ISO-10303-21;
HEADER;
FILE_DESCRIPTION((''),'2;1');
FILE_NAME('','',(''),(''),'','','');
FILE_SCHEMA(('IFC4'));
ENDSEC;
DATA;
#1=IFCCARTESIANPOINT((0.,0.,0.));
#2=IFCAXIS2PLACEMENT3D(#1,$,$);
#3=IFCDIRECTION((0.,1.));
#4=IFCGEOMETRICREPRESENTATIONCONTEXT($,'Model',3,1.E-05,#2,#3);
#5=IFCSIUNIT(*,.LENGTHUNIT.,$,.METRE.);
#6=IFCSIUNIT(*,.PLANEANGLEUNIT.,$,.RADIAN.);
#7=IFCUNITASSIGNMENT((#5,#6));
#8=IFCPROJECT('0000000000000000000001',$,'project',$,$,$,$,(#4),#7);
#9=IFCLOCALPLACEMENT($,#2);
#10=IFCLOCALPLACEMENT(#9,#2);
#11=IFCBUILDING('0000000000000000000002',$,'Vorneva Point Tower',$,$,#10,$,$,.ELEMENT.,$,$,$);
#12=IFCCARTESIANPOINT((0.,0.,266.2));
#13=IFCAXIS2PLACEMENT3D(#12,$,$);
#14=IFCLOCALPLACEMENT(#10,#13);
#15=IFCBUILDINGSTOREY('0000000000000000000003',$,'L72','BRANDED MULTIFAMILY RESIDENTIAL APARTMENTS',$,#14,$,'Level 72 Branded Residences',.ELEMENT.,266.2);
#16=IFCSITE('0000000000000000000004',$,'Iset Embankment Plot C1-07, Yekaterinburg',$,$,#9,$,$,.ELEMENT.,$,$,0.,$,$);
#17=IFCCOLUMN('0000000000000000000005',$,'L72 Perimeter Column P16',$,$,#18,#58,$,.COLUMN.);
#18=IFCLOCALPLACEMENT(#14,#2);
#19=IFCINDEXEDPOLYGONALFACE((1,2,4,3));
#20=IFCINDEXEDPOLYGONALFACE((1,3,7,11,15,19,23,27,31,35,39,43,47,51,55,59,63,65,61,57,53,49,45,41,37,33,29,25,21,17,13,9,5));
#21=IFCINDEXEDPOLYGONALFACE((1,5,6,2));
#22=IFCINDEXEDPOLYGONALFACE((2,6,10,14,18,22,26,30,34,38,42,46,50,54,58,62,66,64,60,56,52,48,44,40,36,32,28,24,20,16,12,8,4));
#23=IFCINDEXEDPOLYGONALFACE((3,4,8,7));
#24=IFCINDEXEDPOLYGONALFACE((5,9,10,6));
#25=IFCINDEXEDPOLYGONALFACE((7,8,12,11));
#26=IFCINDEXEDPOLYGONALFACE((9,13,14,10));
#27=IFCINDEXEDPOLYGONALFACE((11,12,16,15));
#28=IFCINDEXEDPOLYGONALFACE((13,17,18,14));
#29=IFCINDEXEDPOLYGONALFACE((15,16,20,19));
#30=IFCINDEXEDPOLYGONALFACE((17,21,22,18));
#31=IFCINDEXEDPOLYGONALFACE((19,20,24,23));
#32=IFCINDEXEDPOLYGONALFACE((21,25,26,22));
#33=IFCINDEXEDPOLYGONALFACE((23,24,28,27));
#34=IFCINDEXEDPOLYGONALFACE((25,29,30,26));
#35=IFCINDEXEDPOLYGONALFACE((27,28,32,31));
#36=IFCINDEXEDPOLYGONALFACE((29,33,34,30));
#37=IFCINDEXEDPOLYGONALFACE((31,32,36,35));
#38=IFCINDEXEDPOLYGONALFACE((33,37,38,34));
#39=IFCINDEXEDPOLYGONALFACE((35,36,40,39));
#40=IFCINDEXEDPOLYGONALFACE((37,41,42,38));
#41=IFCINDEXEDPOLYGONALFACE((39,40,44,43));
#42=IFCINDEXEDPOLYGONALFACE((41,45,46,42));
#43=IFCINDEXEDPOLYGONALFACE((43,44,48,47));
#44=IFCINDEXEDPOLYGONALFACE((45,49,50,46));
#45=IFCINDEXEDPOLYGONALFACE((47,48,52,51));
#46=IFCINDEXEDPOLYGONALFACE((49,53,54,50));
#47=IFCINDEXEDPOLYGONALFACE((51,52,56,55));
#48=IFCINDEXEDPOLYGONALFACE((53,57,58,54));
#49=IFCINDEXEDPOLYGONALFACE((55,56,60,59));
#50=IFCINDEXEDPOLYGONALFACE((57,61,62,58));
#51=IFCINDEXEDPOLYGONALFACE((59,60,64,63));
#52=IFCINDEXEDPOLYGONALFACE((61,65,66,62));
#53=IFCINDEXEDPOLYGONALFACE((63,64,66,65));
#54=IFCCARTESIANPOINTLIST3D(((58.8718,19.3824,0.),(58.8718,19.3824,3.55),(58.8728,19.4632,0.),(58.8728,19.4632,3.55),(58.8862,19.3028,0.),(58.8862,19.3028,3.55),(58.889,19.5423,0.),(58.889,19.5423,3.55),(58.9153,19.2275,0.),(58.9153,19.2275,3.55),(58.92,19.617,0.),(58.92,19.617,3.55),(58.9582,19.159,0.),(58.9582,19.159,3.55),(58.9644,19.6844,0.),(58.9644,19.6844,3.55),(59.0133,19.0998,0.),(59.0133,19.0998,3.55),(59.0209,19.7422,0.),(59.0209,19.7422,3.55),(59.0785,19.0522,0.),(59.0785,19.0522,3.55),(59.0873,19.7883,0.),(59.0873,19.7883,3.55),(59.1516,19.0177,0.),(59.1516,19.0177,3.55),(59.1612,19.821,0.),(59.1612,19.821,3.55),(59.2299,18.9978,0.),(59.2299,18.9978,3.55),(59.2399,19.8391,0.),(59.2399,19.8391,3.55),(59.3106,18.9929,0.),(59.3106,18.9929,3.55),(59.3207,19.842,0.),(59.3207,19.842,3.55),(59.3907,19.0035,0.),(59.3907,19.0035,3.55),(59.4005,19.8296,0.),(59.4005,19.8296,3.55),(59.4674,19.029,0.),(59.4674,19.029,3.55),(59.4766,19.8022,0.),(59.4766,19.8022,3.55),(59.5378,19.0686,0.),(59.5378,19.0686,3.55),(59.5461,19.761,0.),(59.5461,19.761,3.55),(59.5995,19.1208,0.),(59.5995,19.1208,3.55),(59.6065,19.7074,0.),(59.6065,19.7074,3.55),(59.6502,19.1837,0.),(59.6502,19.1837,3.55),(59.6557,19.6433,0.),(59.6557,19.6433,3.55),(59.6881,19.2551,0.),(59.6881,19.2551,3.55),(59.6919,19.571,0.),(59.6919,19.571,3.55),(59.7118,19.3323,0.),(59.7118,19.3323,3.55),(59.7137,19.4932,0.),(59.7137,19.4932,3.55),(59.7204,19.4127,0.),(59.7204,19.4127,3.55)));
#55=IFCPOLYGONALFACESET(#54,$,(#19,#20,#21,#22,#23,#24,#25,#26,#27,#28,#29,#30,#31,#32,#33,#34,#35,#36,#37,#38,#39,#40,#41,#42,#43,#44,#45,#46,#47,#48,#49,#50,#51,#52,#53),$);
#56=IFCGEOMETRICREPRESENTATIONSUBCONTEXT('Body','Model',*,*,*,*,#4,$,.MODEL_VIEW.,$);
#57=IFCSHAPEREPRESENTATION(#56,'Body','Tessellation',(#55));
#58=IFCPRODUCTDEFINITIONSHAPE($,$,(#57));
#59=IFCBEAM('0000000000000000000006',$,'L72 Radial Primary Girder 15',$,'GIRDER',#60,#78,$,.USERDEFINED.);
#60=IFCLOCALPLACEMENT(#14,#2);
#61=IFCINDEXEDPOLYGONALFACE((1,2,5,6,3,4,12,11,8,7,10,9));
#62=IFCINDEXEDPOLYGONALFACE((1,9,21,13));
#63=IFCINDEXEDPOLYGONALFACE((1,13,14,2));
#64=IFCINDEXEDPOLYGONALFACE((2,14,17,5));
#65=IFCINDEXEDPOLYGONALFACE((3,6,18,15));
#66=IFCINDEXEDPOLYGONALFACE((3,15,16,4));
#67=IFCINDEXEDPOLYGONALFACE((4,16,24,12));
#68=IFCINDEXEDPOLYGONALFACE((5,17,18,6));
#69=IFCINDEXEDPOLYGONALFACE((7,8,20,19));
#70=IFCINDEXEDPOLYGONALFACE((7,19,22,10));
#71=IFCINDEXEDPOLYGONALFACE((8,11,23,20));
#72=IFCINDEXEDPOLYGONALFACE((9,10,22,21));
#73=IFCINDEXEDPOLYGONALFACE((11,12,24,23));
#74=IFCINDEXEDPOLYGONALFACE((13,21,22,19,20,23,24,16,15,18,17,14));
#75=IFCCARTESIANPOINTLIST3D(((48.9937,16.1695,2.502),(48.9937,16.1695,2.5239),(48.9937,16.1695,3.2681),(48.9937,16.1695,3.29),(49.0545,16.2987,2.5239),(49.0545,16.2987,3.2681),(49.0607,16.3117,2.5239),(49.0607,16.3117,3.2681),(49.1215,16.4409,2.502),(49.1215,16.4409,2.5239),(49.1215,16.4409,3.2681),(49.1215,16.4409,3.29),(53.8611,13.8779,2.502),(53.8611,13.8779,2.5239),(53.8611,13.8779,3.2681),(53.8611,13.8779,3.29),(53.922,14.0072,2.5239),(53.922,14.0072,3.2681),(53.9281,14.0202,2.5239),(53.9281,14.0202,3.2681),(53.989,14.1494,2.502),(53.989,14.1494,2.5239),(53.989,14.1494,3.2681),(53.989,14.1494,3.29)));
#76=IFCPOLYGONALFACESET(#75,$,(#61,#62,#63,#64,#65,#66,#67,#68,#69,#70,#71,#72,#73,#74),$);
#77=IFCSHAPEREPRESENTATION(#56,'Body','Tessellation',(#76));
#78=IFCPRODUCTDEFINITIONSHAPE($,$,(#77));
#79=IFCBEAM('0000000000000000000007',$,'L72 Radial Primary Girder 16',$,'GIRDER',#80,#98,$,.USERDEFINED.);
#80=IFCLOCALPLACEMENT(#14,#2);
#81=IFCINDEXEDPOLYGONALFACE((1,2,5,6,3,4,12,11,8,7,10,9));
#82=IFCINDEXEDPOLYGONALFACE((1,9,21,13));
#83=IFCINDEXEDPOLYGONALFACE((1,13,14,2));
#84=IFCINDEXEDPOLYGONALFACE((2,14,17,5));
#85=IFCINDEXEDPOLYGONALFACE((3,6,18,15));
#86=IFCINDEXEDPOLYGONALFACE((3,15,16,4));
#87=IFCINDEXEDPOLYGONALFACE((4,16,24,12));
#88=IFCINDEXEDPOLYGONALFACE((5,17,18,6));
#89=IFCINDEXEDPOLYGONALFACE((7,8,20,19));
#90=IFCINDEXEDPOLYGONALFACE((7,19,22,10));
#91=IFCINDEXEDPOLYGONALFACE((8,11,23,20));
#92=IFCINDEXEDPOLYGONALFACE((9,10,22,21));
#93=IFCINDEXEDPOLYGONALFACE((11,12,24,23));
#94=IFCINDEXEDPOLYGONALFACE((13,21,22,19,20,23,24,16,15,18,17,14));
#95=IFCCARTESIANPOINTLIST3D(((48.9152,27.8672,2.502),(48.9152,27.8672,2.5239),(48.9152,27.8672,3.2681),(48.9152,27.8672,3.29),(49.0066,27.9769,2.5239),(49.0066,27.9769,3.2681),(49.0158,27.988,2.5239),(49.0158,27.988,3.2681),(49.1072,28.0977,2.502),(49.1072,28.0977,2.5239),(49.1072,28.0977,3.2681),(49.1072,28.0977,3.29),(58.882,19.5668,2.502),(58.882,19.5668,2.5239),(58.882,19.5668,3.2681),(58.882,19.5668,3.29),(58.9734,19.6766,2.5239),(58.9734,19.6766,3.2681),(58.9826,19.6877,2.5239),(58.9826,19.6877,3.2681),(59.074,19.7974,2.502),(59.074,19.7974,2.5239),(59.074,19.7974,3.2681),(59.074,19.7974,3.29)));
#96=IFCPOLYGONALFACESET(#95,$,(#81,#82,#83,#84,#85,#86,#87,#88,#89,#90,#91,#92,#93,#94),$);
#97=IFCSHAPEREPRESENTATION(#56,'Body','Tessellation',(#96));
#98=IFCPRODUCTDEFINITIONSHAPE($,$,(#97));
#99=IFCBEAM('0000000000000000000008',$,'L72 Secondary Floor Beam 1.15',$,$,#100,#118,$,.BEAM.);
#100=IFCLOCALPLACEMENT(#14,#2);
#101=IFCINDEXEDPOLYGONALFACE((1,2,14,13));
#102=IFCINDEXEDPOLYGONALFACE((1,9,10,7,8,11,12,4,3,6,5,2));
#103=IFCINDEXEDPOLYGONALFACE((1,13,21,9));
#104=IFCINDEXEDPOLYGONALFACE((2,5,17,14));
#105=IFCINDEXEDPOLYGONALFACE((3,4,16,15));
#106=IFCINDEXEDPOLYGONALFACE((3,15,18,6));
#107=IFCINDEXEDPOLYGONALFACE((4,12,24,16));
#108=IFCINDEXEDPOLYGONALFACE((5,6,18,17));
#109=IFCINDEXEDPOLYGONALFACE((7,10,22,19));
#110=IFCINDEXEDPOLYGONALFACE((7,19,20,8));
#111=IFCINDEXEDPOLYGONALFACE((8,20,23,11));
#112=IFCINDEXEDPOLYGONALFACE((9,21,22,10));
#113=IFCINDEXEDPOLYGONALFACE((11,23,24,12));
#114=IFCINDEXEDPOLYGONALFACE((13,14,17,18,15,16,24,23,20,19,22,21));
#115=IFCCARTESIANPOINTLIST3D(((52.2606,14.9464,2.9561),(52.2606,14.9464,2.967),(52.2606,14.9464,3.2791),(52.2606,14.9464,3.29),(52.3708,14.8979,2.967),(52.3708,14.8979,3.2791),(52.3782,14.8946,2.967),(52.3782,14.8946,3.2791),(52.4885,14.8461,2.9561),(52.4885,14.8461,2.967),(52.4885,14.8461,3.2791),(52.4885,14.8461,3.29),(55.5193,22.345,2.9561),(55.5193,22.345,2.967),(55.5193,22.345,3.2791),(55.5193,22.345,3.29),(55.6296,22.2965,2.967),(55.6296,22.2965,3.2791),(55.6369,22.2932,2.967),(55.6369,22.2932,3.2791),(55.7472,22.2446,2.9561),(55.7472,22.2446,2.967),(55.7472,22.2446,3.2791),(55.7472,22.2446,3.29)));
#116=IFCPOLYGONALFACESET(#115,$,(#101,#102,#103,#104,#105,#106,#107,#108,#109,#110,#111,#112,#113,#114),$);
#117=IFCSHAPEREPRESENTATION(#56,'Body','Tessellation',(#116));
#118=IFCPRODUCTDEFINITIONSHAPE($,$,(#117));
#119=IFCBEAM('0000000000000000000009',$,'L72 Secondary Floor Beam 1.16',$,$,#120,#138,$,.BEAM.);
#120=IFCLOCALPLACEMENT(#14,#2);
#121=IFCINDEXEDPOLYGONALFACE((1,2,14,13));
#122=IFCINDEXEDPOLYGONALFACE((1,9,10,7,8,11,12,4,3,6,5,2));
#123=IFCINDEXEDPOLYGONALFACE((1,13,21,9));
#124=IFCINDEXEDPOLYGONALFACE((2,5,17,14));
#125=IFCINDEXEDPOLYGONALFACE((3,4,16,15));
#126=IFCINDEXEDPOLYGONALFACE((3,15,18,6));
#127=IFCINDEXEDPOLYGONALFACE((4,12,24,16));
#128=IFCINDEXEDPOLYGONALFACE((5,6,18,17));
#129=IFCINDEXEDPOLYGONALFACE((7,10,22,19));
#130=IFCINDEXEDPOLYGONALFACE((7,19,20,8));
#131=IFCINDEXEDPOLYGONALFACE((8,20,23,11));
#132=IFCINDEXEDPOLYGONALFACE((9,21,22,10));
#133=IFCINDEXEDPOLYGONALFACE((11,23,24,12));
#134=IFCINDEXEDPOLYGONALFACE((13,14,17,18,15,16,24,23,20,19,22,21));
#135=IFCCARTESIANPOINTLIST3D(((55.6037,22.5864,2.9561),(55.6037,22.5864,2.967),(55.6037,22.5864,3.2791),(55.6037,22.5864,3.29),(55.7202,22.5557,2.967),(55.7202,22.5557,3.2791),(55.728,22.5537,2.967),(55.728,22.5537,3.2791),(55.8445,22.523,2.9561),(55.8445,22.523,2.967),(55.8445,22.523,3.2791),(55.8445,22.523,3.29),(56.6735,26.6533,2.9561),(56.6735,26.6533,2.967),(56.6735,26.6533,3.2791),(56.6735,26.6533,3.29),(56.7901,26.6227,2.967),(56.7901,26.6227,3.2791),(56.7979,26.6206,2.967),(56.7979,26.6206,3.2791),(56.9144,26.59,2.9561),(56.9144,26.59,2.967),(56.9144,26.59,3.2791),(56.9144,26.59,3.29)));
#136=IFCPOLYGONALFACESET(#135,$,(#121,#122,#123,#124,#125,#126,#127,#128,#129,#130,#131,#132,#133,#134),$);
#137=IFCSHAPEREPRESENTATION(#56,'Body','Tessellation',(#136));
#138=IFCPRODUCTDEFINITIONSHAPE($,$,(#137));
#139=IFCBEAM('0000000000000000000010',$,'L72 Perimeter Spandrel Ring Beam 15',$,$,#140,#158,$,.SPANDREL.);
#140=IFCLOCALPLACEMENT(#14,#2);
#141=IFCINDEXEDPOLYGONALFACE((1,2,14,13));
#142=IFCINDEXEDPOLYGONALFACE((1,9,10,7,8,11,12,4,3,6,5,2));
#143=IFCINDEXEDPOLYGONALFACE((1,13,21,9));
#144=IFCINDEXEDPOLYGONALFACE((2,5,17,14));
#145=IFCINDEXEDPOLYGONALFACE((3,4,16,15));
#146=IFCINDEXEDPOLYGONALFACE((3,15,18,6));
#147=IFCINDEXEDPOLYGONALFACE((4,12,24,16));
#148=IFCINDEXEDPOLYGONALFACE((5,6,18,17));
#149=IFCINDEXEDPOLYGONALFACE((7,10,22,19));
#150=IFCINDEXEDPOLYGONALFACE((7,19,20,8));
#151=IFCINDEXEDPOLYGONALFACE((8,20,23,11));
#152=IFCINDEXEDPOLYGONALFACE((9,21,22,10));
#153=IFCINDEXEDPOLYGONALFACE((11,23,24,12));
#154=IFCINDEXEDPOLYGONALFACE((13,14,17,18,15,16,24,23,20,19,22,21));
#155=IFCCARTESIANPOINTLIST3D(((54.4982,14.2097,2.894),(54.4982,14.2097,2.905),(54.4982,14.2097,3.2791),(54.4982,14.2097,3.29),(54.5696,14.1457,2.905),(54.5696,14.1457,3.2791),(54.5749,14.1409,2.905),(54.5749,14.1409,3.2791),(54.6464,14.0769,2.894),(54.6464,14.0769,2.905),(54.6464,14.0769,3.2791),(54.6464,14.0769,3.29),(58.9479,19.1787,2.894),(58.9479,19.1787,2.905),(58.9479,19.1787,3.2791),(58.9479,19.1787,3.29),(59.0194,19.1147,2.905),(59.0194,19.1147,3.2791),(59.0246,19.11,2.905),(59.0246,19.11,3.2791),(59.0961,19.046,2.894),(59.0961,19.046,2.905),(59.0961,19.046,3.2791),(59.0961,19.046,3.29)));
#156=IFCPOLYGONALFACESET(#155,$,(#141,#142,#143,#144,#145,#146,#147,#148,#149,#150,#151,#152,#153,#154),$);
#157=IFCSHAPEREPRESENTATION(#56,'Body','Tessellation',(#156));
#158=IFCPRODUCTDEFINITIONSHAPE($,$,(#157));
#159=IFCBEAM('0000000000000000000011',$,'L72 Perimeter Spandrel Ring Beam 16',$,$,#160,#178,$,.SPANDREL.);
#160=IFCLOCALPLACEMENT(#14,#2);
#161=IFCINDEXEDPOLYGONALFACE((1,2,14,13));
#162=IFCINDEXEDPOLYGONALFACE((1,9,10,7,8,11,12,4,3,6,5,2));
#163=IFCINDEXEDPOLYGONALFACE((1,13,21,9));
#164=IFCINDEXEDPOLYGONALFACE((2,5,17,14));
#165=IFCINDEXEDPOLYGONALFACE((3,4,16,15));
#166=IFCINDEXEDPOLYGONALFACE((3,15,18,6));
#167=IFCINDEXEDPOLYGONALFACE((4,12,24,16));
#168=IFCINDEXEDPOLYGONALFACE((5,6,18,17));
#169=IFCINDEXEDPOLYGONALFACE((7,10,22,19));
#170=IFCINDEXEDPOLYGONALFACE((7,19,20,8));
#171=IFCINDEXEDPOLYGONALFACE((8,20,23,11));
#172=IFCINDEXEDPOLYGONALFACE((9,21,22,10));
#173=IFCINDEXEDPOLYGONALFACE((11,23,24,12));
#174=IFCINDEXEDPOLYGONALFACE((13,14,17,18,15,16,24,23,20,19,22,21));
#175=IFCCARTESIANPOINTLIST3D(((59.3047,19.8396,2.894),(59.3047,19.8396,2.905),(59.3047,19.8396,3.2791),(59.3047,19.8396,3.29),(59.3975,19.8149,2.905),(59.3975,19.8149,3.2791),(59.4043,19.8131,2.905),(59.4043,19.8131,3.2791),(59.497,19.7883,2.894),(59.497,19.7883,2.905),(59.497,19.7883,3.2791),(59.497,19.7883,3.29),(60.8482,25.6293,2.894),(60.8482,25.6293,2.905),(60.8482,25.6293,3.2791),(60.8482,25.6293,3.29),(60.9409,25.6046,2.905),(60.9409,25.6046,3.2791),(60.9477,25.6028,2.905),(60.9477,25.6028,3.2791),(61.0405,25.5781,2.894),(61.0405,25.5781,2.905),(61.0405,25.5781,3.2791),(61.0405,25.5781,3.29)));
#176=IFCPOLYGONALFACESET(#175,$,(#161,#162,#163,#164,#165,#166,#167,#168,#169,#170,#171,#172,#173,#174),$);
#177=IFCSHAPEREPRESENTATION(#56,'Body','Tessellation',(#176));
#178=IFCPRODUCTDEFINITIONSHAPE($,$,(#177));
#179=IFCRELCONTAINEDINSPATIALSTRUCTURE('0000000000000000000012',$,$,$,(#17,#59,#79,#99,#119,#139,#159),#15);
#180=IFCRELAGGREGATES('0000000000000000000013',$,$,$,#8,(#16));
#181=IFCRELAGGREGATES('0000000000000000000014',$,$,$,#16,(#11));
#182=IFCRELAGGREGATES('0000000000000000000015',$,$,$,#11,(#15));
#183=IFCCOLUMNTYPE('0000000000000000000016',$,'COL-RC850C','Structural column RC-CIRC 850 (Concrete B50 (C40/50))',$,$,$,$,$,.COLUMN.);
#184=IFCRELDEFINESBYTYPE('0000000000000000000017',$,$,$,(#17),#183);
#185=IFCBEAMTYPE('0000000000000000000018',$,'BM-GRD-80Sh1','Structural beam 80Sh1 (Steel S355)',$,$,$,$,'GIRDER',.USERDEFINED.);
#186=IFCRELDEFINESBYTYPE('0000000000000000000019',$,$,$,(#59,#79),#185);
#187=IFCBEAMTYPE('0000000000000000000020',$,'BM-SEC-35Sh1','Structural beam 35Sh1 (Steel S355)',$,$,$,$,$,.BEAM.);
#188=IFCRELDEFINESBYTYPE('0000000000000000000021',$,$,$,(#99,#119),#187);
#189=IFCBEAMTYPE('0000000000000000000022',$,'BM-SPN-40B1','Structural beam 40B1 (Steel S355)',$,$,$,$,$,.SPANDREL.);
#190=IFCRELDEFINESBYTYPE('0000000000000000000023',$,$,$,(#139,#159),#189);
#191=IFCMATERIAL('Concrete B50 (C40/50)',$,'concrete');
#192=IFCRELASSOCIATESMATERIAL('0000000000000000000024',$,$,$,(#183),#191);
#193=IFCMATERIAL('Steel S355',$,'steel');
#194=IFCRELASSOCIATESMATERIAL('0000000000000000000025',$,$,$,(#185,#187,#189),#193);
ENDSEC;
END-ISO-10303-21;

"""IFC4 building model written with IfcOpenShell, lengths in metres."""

from ifc_helpers import new_model, si_unit, direction, frame, origin, origin_2d, place, context, subcontext, project, spatial, circle, i_section, extrude, material, material_profile, profile_set, type_object, element, save


model = new_model("IFC4")

# Units and contexts
model_context = context("Model", 3, precision=1e-05, world=origin(), true_north=direction((0.0, 1.0)))
body_context = subcontext(model_context, "Body", "Model", "MODEL_VIEW")
ifc_project = project(units=[si_unit("LENGTHUNIT", "METRE"), si_unit("PLANEANGLEUNIT", "RADIAN")], contexts=[model_context])

# Site, building, storey
site_placement = place(None, origin())
site = spatial("IfcSite", under=ifc_project, at=site_placement, Name="Iset Embankment Plot C1-07, Yekaterinburg", CompositionType="ELEMENT", RefElevation=0.0)
building_placement = place(site_placement, origin())
building = spatial("IfcBuilding", under=site, at=building_placement, Name="Vorneva Point Tower", CompositionType="ELEMENT")
storey_placement = place(building_placement, frame((0.0, 0.0, 266.2)))
storey = spatial("IfcBuildingStorey", under=building, at=storey_placement, Name="L72", Description="BRANDED MULTIFAMILY RESIDENTIAL APARTMENTS", LongName="Level 72 Branded Residences", CompositionType="ELEMENT", Elevation=266.2)

# Column
ifc_material_1 = material(Name="Concrete B50 (C40/50)", Category="concrete")
ifc_material_profile_1 = material_profile(ifc_material_1, circle(Radius=0.425, at=origin_2d()), Name="RC-CIRC 850")
ifc_profile_set_1 = profile_set([ifc_material_profile_1], Name="Concrete B50 (C40/50)")
column_type = type_object("IfcColumnType", Name="COL-RC850C", Description="Structural column RC-CIRC 850 (Concrete B50 (C40/50))", PredefinedType="COLUMN", material=ifc_profile_set_1)
for number, where, z_axis, x_axis, name in (
    (1, (59.2954, 19.4177, 0.0), (0.0, 0.0, 1.0), (0.92388, -0.382683, 0.0), "L72 Perimeter Column P16"),
):
    element("IfcColumn", number, at=place(storey_placement, frame(where, z_axis=z_axis, x_axis=x_axis)), inside=storey, type_object=column_type, Name=name, PredefinedType="COLUMN", context=body_context, shape_type="SweptSolid", body=[
        extrude(circle(Radius=0.425, at=origin_2d()), origin(), (0.0, 0.0, 1.0), 3.55),
    ])

# Beams
ifc_material_2 = material(Name="Steel S355", Category="steel")
ifc_material_profile_2 = material_profile(ifc_material_2, i_section(OverallWidth=0.3, OverallDepth=0.7881, WebThickness=0.0144, FlangeThickness=0.022, at=origin_2d()), Name="80Sh1")
ifc_profile_set_2 = profile_set([ifc_material_profile_2], Name="Steel S355")
beam_type_1 = type_object("IfcBeamType", Name="BM-GRD-80Sh1", Description="Structural beam 80Sh1 (Steel S355)", ElementType="GIRDER", PredefinedType="USERDEFINED", material=ifc_profile_set_2)
beam_1_placement = place(storey_placement, frame((53.925, 14.0137, 2.896), z_axis=(-0.904751, 0.425941, 0.0), x_axis=(-0.425941, -0.904751, 0.0)))
element("IfcBeam", 2, at=beam_1_placement, inside=storey, type_object=beam_type_1, Name="L72 Radial Primary Girder 15", ObjectType="GIRDER", PredefinedType="USERDEFINED", context=body_context, shape_type="SweptSolid", body=[
    extrude(i_section(OverallWidth=0.3, OverallDepth=0.7881, WebThickness=0.0144, FlangeThickness=0.022, at=origin_2d()), origin(), (0.0, 0.0, 1.0), 5.3799),
])
beam_2_placement = place(storey_placement, frame((58.978, 19.6821, 2.896), z_axis=(-0.768425, 0.63994, 0.0), x_axis=(-0.63994, -0.768425, 0.0)))
element("IfcBeam", 3, at=beam_2_placement, inside=storey, type_object=beam_type_1, Name="L72 Radial Primary Girder 16", ObjectType="GIRDER", PredefinedType="USERDEFINED", context=body_context, shape_type="SweptSolid", body=[
    extrude(i_section(OverallWidth=0.3, OverallDepth=0.7881, WebThickness=0.0144, FlangeThickness=0.022, at=origin_2d()), origin(), (0.0, 0.0, 1.0), 12.9705),
])
ifc_material_profile_3 = material_profile(ifc_material_2, i_section(OverallWidth=0.249, OverallDepth=0.334, WebThickness=0.0081, FlangeThickness=0.011, at=origin_2d()), Name="35Sh1")
ifc_profile_set_3 = profile_set([ifc_material_profile_3], Name="Steel S355")
beam_type_2 = type_object("IfcBeamType", Name="BM-SEC-35Sh1", Description="Structural beam 35Sh1 (Steel S355)", PredefinedType="BEAM", material=ifc_profile_set_3)
beam_3_placement = place(storey_placement, frame((52.3745, 14.8962, 3.123), z_axis=(0.403088, 0.915161, 0.0), x_axis=(-0.915161, 0.403088, 0.0)))
element("IfcBeam", 4, at=beam_3_placement, inside=storey, type_object=beam_type_2, Name="L72 Secondary Floor Beam 1.15", PredefinedType="BEAM", context=body_context, shape_type="SweptSolid", body=[
    extrude(i_section(OverallWidth=0.249, OverallDepth=0.334, WebThickness=0.0081, FlangeThickness=0.011, at=origin_2d()), origin(), (0.0, 0.0, 1.0), 8.0845),
])
beam_4_placement = place(storey_placement, frame((55.7241, 22.5547, 3.123), z_axis=(0.254402, 0.967099, 0.0), x_axis=(-0.967099, 0.254402, 0.0)))
element("IfcBeam", 5, at=beam_4_placement, inside=storey, type_object=beam_type_2, Name="L72 Secondary Floor Beam 1.16", PredefinedType="BEAM", context=body_context, shape_type="SweptSolid", body=[
    extrude(i_section(OverallWidth=0.249, OverallDepth=0.334, WebThickness=0.0081, FlangeThickness=0.011, at=origin_2d()), origin(), (0.0, 0.0, 1.0), 4.2053),
])
ifc_material_profile_4 = material_profile(ifc_material_2, i_section(OverallWidth=0.199, OverallDepth=0.396, WebThickness=0.0071, FlangeThickness=0.011, at=origin_2d()), Name="40B1")
ifc_profile_set_4 = profile_set([ifc_material_profile_4], Name="Steel S355")
beam_type_3 = type_object("IfcBeamType", Name="BM-SPN-40B1", Description="Structural beam 40B1 (Steel S355)", PredefinedType="SPANDREL", material=ifc_profile_set_4)
beam_5_placement = place(storey_placement, frame((54.5723, 14.1433, 3.092), z_axis=(0.667108, 0.744961, 0.0), x_axis=(-0.744961, 0.667108, 0.0)))
element("IfcBeam", 6, at=beam_5_placement, inside=storey, type_object=beam_type_3, Name="L72 Perimeter Spandrel Ring Beam 15", PredefinedType="SPANDREL", context=body_context, shape_type="SweptSolid", body=[
    extrude(i_section(OverallWidth=0.199, OverallDepth=0.396, WebThickness=0.0071, FlangeThickness=0.011, at=origin_2d()), origin(), (0.0, 0.0, 1.0), 6.6702),
])
beam_6_placement = place(storey_placement, frame((59.4009, 19.814, 3.092), z_axis=(0.257587, 0.966255, 0.0), x_axis=(-0.966255, 0.257587, 0.0)))
element("IfcBeam", 7, at=beam_6_placement, inside=storey, type_object=beam_type_3, Name="L72 Perimeter Spandrel Ring Beam 16", PredefinedType="SPANDREL", context=body_context, shape_type="SweptSolid", body=[
    extrude(i_section(OverallWidth=0.199, OverallDepth=0.396, WebThickness=0.0071, FlangeThickness=0.011, at=origin_2d()), origin(), (0.0, 0.0, 1.0), 5.9919),
])

save(model, "model.ifc")
